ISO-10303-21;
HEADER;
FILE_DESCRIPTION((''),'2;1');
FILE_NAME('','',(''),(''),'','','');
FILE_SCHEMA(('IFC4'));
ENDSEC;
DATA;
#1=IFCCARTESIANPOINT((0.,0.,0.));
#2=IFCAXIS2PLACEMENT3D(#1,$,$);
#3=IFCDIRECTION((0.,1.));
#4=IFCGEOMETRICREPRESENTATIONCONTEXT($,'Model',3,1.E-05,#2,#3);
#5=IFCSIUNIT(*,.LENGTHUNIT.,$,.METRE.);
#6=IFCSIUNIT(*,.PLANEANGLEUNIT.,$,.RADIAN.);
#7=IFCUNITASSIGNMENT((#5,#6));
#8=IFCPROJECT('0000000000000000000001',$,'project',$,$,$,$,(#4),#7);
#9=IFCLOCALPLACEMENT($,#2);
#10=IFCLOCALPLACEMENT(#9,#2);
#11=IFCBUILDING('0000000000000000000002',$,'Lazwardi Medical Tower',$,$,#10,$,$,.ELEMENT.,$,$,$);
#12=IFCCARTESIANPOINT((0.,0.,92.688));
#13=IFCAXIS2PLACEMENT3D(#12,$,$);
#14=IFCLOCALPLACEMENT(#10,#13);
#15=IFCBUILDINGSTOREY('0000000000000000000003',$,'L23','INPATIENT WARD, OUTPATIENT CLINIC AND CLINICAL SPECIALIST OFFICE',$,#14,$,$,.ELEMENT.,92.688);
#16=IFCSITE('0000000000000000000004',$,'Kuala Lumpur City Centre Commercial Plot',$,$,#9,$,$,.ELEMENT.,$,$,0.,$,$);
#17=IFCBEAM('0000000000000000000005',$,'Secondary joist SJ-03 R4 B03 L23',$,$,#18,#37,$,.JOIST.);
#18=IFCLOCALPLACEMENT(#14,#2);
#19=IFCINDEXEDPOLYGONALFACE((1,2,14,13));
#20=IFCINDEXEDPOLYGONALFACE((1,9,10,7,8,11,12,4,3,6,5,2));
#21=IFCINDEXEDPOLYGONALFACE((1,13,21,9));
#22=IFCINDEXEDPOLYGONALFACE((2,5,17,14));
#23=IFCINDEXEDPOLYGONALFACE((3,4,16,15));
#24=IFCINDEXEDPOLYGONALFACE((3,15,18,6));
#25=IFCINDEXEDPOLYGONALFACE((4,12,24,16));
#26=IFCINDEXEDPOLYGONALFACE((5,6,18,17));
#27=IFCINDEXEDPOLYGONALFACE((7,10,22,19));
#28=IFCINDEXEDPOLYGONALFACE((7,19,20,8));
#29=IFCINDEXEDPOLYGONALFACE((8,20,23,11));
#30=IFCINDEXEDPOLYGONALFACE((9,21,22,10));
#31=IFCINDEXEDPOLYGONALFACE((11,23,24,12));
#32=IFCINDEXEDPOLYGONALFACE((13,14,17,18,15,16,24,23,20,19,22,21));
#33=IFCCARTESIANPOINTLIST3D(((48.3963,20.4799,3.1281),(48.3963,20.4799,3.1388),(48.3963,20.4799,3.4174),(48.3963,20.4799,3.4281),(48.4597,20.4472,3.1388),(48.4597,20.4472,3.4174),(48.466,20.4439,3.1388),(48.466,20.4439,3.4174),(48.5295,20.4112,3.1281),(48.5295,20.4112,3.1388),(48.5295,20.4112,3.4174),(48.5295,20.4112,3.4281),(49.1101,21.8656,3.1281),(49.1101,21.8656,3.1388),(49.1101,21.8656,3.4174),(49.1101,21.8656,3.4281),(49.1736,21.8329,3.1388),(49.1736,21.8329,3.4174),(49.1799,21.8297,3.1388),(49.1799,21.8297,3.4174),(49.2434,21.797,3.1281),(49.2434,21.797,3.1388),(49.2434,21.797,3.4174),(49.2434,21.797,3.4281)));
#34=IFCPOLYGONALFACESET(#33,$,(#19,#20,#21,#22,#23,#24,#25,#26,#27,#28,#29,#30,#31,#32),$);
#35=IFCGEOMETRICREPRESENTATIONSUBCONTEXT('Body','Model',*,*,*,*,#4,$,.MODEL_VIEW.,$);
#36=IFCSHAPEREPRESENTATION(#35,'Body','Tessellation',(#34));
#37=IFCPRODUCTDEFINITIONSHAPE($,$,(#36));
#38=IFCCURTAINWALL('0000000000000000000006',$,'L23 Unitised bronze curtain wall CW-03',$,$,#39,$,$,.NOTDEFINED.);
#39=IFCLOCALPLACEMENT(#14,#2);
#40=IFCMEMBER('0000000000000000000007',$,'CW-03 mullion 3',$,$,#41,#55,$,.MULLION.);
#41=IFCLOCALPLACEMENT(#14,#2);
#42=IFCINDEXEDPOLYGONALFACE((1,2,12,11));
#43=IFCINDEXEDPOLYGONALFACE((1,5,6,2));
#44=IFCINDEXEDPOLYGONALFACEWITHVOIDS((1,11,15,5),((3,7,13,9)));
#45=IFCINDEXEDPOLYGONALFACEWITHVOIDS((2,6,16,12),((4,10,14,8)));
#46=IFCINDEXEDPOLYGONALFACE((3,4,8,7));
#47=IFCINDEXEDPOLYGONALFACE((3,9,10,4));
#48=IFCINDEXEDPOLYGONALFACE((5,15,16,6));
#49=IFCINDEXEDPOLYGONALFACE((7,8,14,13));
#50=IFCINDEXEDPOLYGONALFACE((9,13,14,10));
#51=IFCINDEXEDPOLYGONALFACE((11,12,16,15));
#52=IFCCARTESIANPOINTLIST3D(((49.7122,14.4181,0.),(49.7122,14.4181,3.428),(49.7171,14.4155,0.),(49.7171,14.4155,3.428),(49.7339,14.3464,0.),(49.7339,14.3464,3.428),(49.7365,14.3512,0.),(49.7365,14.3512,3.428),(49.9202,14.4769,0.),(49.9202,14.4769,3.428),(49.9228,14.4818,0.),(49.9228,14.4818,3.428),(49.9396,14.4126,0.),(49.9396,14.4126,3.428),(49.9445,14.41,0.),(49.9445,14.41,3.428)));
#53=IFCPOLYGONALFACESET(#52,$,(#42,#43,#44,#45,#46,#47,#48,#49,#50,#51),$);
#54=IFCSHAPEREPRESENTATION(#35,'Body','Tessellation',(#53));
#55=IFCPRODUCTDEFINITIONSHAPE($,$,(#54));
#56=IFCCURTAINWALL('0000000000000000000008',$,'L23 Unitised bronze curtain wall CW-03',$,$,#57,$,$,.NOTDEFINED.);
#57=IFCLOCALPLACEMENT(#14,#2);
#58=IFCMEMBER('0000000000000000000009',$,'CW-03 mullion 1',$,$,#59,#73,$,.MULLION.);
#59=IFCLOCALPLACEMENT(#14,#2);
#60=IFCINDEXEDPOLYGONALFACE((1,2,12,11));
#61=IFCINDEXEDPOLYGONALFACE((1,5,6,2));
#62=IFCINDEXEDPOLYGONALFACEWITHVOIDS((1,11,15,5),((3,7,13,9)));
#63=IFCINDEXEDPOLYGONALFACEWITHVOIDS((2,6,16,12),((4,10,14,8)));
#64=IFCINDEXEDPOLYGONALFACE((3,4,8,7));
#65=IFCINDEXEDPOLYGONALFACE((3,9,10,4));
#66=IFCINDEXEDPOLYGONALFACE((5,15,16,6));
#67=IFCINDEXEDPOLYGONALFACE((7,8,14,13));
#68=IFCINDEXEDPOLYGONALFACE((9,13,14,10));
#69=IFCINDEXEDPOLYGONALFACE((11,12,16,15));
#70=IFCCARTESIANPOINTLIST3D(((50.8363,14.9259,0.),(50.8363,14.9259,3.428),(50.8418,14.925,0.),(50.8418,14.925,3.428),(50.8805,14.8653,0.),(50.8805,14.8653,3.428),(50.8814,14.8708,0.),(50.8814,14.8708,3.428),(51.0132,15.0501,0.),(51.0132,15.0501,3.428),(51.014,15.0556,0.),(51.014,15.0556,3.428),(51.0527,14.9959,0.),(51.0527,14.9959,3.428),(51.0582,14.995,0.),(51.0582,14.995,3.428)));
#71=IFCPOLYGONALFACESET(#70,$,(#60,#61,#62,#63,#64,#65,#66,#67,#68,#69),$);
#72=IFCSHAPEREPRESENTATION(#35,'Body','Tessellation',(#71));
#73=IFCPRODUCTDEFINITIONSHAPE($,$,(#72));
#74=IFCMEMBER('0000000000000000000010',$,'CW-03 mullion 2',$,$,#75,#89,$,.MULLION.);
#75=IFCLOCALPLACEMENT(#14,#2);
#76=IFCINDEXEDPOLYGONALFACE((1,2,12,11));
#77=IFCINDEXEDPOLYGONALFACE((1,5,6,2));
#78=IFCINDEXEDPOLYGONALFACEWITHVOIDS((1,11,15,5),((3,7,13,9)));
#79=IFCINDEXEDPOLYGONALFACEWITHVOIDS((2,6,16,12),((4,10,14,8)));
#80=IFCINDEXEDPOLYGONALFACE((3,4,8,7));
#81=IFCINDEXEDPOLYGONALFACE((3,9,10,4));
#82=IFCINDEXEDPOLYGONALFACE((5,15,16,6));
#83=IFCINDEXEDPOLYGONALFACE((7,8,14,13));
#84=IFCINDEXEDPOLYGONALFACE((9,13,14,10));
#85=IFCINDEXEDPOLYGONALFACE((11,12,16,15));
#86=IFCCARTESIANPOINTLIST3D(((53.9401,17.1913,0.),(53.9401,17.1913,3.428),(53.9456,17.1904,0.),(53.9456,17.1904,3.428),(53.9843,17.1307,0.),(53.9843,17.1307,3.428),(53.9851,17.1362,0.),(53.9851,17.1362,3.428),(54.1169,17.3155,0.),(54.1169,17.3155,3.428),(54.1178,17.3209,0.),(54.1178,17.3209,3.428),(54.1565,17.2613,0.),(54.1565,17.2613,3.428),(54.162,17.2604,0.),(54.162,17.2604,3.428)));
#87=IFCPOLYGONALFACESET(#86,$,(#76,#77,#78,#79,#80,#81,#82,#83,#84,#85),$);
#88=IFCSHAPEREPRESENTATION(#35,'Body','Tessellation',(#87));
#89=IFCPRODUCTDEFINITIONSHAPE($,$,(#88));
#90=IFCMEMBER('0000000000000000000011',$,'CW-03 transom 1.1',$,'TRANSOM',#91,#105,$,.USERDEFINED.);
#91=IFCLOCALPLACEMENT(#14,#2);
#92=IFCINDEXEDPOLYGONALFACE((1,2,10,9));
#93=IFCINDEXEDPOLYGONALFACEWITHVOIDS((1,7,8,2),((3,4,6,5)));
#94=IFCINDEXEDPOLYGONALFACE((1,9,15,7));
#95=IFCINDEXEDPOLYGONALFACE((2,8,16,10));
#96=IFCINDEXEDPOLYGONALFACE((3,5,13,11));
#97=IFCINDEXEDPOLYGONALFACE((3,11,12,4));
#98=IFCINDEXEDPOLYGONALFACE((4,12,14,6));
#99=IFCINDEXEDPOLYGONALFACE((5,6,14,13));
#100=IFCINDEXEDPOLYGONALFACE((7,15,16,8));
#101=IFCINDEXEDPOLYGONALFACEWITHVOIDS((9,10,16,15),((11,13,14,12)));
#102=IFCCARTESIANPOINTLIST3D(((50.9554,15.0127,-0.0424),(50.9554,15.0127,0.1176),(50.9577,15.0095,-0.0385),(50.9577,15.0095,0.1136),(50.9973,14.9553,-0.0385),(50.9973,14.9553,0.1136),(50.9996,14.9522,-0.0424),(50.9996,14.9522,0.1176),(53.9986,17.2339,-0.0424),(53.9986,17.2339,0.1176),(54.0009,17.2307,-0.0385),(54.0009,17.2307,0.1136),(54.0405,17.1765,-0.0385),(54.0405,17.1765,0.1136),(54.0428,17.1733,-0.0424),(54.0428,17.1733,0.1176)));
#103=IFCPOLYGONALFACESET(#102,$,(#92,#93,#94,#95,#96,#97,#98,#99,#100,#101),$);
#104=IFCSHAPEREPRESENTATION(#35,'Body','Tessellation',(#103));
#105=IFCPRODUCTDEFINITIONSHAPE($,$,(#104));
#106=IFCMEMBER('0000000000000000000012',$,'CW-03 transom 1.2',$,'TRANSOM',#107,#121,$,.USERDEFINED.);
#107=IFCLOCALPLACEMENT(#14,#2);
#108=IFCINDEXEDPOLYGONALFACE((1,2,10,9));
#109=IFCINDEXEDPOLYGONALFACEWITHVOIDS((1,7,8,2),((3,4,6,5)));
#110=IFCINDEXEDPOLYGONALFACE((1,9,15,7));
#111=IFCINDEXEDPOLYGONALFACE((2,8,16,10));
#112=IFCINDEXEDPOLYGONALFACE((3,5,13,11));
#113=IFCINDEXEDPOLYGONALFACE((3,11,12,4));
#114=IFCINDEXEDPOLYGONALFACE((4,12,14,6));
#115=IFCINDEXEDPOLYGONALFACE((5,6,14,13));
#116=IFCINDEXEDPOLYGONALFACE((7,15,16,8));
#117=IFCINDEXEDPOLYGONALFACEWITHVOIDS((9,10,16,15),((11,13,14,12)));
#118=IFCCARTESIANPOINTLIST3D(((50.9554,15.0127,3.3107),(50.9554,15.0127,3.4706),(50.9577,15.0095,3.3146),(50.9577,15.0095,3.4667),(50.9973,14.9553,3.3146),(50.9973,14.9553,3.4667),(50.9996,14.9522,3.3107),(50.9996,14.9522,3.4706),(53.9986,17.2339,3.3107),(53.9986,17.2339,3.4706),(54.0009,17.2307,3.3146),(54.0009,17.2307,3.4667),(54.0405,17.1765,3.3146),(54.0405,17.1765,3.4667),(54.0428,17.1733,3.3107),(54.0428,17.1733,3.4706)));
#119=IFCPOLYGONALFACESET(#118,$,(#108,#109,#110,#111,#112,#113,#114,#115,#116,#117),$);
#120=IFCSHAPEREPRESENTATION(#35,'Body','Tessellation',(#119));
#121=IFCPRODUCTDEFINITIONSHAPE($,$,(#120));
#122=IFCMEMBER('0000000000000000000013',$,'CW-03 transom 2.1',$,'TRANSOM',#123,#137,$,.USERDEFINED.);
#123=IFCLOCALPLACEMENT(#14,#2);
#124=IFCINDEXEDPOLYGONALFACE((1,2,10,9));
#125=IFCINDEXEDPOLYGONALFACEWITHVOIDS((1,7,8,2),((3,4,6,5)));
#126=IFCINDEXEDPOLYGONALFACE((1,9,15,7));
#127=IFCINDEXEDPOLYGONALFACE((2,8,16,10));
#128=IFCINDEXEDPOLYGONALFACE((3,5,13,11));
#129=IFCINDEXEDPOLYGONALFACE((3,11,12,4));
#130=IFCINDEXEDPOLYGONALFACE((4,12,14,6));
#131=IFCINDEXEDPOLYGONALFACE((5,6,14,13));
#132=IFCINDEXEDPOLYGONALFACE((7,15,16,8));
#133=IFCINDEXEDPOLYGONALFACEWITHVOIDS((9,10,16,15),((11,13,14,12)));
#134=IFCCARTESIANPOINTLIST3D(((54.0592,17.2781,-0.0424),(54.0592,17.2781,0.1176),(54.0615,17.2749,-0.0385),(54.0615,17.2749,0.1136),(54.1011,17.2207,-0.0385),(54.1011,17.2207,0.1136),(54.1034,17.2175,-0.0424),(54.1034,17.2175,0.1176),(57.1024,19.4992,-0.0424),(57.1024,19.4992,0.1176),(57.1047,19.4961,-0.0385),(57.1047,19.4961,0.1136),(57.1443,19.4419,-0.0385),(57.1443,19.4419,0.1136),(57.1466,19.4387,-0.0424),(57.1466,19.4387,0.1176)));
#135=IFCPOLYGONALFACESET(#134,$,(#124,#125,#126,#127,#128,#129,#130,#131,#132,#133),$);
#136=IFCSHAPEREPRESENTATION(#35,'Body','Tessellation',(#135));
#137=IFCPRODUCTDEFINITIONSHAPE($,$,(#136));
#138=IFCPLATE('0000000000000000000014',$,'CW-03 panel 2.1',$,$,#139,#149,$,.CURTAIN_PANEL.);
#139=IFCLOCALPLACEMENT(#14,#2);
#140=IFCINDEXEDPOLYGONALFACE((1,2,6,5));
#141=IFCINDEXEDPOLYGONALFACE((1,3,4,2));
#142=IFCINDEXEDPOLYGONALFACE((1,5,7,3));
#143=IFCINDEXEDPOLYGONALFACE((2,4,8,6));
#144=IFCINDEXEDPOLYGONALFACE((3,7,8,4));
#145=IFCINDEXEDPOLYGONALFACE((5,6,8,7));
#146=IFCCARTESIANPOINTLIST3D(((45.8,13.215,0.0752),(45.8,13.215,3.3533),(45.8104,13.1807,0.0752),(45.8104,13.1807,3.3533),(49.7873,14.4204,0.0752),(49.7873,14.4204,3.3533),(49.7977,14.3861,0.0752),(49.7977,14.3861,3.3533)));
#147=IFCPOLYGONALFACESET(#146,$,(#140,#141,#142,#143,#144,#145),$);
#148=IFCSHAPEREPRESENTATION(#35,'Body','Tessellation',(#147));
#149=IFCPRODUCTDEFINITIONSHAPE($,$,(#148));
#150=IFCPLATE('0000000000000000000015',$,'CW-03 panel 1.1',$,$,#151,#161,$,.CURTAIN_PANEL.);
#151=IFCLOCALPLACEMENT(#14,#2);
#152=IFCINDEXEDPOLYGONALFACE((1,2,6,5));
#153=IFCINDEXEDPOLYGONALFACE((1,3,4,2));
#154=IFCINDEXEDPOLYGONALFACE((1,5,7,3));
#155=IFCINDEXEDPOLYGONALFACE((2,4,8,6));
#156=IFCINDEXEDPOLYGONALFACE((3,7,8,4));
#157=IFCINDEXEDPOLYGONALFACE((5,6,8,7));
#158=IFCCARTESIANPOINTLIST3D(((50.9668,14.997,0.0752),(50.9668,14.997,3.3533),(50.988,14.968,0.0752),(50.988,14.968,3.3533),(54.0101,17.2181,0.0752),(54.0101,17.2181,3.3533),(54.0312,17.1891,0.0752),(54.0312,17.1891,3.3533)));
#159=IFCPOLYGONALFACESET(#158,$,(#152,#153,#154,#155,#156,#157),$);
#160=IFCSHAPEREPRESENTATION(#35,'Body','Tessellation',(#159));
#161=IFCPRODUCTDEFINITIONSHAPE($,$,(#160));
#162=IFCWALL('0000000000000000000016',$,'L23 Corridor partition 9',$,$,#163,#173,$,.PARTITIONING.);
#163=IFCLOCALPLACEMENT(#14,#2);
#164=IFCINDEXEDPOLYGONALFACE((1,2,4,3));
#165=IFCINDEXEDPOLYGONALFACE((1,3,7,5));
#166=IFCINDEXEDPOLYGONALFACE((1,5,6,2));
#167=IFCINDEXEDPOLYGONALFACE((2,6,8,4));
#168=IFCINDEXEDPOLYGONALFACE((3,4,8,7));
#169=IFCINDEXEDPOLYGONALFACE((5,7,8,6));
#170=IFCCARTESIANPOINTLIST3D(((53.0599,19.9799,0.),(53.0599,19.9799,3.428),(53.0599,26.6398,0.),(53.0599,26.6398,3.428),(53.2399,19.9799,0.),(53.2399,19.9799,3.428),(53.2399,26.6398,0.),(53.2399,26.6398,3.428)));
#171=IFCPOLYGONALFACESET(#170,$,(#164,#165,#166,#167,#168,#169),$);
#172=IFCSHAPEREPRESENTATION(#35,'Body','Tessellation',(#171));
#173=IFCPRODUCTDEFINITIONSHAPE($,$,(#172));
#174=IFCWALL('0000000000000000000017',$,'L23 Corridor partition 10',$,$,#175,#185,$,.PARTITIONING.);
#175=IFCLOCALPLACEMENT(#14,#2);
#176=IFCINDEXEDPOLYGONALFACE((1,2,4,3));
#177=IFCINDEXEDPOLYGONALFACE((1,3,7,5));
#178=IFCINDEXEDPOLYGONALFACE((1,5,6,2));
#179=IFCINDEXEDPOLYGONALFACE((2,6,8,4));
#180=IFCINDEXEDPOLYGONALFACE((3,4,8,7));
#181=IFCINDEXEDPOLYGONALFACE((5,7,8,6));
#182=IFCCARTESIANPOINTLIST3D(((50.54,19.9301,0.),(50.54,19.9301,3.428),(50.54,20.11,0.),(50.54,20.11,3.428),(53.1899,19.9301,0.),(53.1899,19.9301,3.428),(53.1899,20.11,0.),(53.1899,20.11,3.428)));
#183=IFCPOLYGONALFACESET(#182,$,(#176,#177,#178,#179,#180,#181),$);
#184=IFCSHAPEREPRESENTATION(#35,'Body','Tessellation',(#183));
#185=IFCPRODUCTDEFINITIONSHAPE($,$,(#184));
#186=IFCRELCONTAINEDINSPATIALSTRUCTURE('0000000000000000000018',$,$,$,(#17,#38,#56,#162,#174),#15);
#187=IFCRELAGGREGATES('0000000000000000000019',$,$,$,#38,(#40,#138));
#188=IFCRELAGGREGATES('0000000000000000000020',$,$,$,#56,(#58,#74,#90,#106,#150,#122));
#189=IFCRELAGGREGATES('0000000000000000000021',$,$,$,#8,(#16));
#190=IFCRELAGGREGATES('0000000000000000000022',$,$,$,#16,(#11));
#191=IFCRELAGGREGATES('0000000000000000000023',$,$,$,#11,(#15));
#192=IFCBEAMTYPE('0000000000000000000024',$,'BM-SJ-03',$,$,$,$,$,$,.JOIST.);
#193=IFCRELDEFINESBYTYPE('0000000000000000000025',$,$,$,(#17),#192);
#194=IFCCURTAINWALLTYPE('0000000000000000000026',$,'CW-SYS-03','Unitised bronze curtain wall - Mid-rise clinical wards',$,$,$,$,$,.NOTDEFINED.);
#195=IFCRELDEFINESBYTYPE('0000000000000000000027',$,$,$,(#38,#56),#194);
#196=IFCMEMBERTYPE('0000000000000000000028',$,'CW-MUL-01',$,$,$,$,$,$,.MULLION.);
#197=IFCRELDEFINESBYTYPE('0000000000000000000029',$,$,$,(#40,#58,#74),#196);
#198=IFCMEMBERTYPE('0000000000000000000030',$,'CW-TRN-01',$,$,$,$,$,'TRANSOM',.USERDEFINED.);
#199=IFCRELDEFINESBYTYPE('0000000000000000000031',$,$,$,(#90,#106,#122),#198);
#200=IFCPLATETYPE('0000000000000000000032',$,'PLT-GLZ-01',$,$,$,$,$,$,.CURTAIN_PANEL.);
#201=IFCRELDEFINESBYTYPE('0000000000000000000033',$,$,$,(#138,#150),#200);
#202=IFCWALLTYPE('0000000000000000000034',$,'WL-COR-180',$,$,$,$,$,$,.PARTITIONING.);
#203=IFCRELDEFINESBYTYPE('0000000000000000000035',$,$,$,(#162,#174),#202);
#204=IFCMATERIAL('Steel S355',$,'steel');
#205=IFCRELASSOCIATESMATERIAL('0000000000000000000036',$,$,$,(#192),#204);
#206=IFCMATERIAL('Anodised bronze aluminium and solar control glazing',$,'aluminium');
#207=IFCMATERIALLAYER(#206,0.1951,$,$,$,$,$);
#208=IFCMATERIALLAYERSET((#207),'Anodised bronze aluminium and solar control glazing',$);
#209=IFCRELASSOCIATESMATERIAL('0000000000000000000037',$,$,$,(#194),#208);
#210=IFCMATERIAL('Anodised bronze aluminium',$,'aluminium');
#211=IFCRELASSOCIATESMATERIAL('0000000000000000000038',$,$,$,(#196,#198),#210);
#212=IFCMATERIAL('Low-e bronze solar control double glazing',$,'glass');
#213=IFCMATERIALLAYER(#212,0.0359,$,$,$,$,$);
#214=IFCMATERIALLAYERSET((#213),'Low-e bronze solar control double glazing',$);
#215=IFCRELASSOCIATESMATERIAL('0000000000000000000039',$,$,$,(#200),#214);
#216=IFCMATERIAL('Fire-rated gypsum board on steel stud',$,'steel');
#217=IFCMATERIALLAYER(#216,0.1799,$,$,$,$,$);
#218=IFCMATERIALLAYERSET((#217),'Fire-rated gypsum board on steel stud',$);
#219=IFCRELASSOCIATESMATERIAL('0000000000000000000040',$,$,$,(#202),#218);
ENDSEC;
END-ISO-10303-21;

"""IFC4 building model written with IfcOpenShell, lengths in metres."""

from ifc_helpers import new_model, si_unit, direction, frame, frame_2d, origin, origin_2d, place, context, subcontext, project, spatial, rectangle, hollow_rectangle, i_section, extrude, material, layer, layer_set, material_profile, profile_set, type_object, element, aggregate, save


model = new_model("IFC4")

# Units and contexts
model_context = context("Model", 3, precision=1e-05, world=origin(), true_north=direction((0.0, 1.0)))
body_context = subcontext(model_context, "Body", "Model", "MODEL_VIEW")
ifc_project = project(units=[si_unit("LENGTHUNIT", "METRE"), si_unit("PLANEANGLEUNIT", "RADIAN")], contexts=[model_context])

# Site, building, storey
site_placement = place(None, origin())
site = spatial("IfcSite", under=ifc_project, at=site_placement, Name="Kuala Lumpur City Centre Commercial Plot", CompositionType="ELEMENT", RefElevation=0.0)
building_placement = place(site_placement, origin())
building = spatial("IfcBuilding", under=site, at=building_placement, Name="Lazwardi Medical Tower", CompositionType="ELEMENT")
storey_placement = place(building_placement, frame((0.0, 0.0, 92.688)))
storey = spatial("IfcBuildingStorey", under=building, at=storey_placement, Name="L23", Description="INPATIENT WARD, OUTPATIENT CLINIC AND CLINICAL SPECIALIST OFFICE", CompositionType="ELEMENT", Elevation=92.688)

# Beam
ifc_material_1 = material(Name="Steel S355", Category="steel")
ifc_material_profile_1 = material_profile(ifc_material_1, i_section(OverallWidth=0.1499, OverallDepth=0.3, WebThickness=0.0071, FlangeThickness=0.0107, at=origin_2d()), Name="IPE 300")
ifc_profile_set_1 = profile_set([ifc_material_profile_1], Name="Steel S355")
beam_type_1 = type_object("IfcBeamType", Name="BM-SJ-03", PredefinedType="JOIST", material=ifc_profile_set_1)
beam_1_placement = place(storey_placement, frame((48.4629, 20.4456, 3.2781), z_axis=(0.457957, 0.888975, 0.0), x_axis=(-0.888975, 0.457957, 0.0)))
element("IfcBeam", 1, at=beam_1_placement, inside=storey, type_object=beam_type_1, Name="Secondary joist SJ-03 R4 B03 L23", PredefinedType="JOIST", context=body_context, shape_type="SweptSolid", body=[
    extrude(i_section(OverallWidth=0.1499, OverallDepth=0.3, WebThickness=0.0071, FlangeThickness=0.0107, at=origin_2d()), origin(), (0.0, 0.0, 1.0), 1.5588),
])

# Curtain wall, member
ifc_material_2 = material(Name="Anodised bronze aluminium and solar control glazing", Category="aluminium")
ifc_layer_1 = layer(ifc_material_2, 0.1951)
ifc_layer_set_1 = layer_set([ifc_layer_1], Name="Anodised bronze aluminium and solar control glazing")
curtain_wall_type = type_object("IfcCurtainWallType", Name="CW-SYS-03", Description="Unitised bronze curtain wall - Mid-rise clinical wards", PredefinedType="NOTDEFINED", material=ifc_layer_set_1)
curtain_wall_1_placement = place(storey_placement, origin())
curtain_wall_1 = element("IfcCurtainWall", 2, at=curtain_wall_1_placement, inside=storey, type_object=curtain_wall_type, Name="L23 Unitised bronze curtain wall CW-03", PredefinedType="NOTDEFINED")
ifc_material_3 = material(Name="Anodised bronze aluminium", Category="aluminium")
ifc_material_profile_2 = material_profile(ifc_material_3, hollow_rectangle(XDim=0.075, YDim=0.22, WallThickness=0.0039, at=origin_2d()), Name="ALU-MULLION 220x75x4")
ifc_profile_set_2 = profile_set([ifc_material_profile_2], Name="Anodised bronze aluminium")
member_type_1 = type_object("IfcMemberType", Name="CW-MUL-01", PredefinedType="MULLION", material=ifc_profile_set_2)
member_1_placement = place(storey_placement, frame((49.8284, 14.4141, 0.0), z_axis=(0.0, 0.0, 1.0), x_axis=(-0.289374, 0.957216, 0.0)))
member_1 = element("IfcMember", 3, at=member_1_placement, type_object=member_type_1, Name="CW-03 mullion 3", PredefinedType="MULLION", context=body_context, shape_type="SweptSolid", body=[
    extrude(hollow_rectangle(XDim=0.075, YDim=0.22, WallThickness=0.0039, at=origin_2d()), origin(), (0.0, 0.0, 1.0), 3.428),
])

# Curtain wall, members
curtain_wall_2_placement = place(storey_placement, origin())
curtain_wall_2 = element("IfcCurtainWall", 4, at=curtain_wall_2_placement, inside=storey, type_object=curtain_wall_type, Name="L23 Unitised bronze curtain wall CW-03", PredefinedType="NOTDEFINED")
member_2_placement = place(storey_placement, frame((50.9473, 14.9604, 0.0), z_axis=(0.0, 0.0, 1.0), x_axis=(-0.589531, 0.807746, 0.0)))
member_2 = element("IfcMember", 5, at=member_2_placement, type_object=member_type_1, Name="CW-03 mullion 1", PredefinedType="MULLION", context=body_context, shape_type="SweptSolid", body=[
    extrude(hollow_rectangle(XDim=0.075, YDim=0.22, WallThickness=0.0039, at=origin_2d()), origin(), (0.0, 0.0, 1.0), 3.428),
])
member_3_placement = place(storey_placement, frame((54.051, 17.2258, 0.0), z_axis=(0.0, 0.0, 1.0), x_axis=(-0.589531, 0.807746, 0.0)))
member_3 = element("IfcMember", 6, at=member_3_placement, type_object=member_type_1, Name="CW-03 mullion 2", PredefinedType="MULLION", context=body_context, shape_type="SweptSolid", body=[
    extrude(hollow_rectangle(XDim=0.075, YDim=0.22, WallThickness=0.0039, at=origin_2d()), origin(), (0.0, 0.0, 1.0), 3.428),
])
ifc_material_profile_3 = material_profile(ifc_material_3, hollow_rectangle(XDim=0.075, YDim=0.1599, WallThickness=0.0039, at=origin_2d()), Name="ALU-TRANSOM 160x75x4")
ifc_profile_set_3 = profile_set([ifc_material_profile_3], Name="Anodised bronze aluminium")
member_type_2 = type_object("IfcMemberType", Name="CW-TRN-01", ElementType="TRANSOM", PredefinedType="USERDEFINED", material=ifc_profile_set_3)
member_4_placement = place(storey_placement, frame((50.9775, 14.9824, 0.0376), z_axis=(0.807732, 0.58955, 0.0), x_axis=(-0.58955, 0.807732, 0.0)))
member_4 = element("IfcMember", 7, at=member_4_placement, type_object=member_type_2, Name="CW-03 transom 1.1", ObjectType="TRANSOM", PredefinedType="USERDEFINED", context=body_context, shape_type="SweptSolid", body=[
    extrude(hollow_rectangle(XDim=0.075, YDim=0.1599, WallThickness=0.0039, at=origin_2d()), origin(), (0.0, 0.0, 1.0), 3.7676),
])
member_5_placement = place(storey_placement, frame((50.9775, 14.9824, 3.3906), z_axis=(0.807732, 0.58955, 0.0), x_axis=(-0.58955, 0.807732, 0.0)))
member_5 = element("IfcMember", 8, at=member_5_placement, type_object=member_type_2, Name="CW-03 transom 1.2", ObjectType="TRANSOM", PredefinedType="USERDEFINED", context=body_context, shape_type="SweptSolid", body=[
    extrude(hollow_rectangle(XDim=0.075, YDim=0.1599, WallThickness=0.0039, at=origin_2d()), origin(), (0.0, 0.0, 1.0), 3.7676),
])
member_6_placement = place(storey_placement, frame((54.0813, 17.2478, 0.0376), z_axis=(0.807732, 0.58955, 0.0), x_axis=(-0.58955, 0.807732, 0.0)))
member_6 = element("IfcMember", 9, at=member_6_placement, type_object=member_type_2, Name="CW-03 transom 2.1", ObjectType="TRANSOM", PredefinedType="USERDEFINED", context=body_context, shape_type="SweptSolid", body=[
    extrude(hollow_rectangle(XDim=0.075, YDim=0.1599, WallThickness=0.0039, at=origin_2d()), origin(), (0.0, 0.0, 1.0), 3.7676),
])

# Plates
ifc_material_4 = material(Name="Low-e bronze solar control double glazing", Category="glass")
ifc_layer_2 = layer(ifc_material_4, 0.0359)
ifc_layer_set_2 = layer_set([ifc_layer_2], Name="Low-e bronze solar control double glazing")
plate_type = type_object("IfcPlateType", Name="PLT-GLZ-01", PredefinedType="CURTAIN_PANEL", material=ifc_layer_set_2)
plate_1_placement = place(storey_placement, frame((47.7988, 13.8005, 0.0752), z_axis=(0.0, 0.0, 1.0), x_axis=(0.957216, 0.289374, 0.0)))
plate_1 = element("IfcPlate", 10, at=plate_1_placement, type_object=plate_type, Name="CW-03 panel 2.1", PredefinedType="CURTAIN_PANEL", context=body_context, shape_type="SweptSolid", body=[
    extrude(rectangle(XDim=4.1655, YDim=0.0359, at=origin_2d()), origin(), (0.0, 0.0, 1.0), 3.2781),
])
aggregate(curtain_wall_1, [member_1, plate_1])
plate_2_placement = place(storey_placement, frame((52.499, 16.093, 0.0752), z_axis=(0.0, 0.0, 1.0), x_axis=(0.807746, 0.589531, 0.0)))
plate_2 = element("IfcPlate", 11, at=plate_2_placement, type_object=plate_type, Name="CW-03 panel 1.1", PredefinedType="CURTAIN_PANEL", context=body_context, shape_type="SweptSolid", body=[
    extrude(rectangle(XDim=3.7676, YDim=0.0359, at=origin_2d()), origin(), (0.0, 0.0, 1.0), 3.2781),
])
aggregate(curtain_wall_2, [member_2, member_3, member_4, member_5, plate_2, member_6])

# Walls
ifc_material_5 = material(Name="Fire-rated gypsum board on steel stud", Category="steel")
ifc_layer_3 = layer(ifc_material_5, 0.1799)
ifc_layer_set_3 = layer_set([ifc_layer_3], Name="Fire-rated gypsum board on steel stud")
wall_type = type_object("IfcWallType", Name="WL-COR-180", PredefinedType="PARTITIONING", material=ifc_layer_set_3)
wall_1_placement = place(storey_placement, frame((53.1499, 26.6399, 0.0), z_axis=(0.0, 0.0, 1.0), x_axis=(0.0, -1.0, 0.0)))
element("IfcWall", 12, at=wall_1_placement, inside=storey, type_object=wall_type, Name="L23 Corridor partition 9", PredefinedType="PARTITIONING", context=body_context, shape_type="SweptSolid", body=[
    extrude(rectangle(XDim=6.6599, YDim=0.1799, at=frame_2d((3.3301, 0.0))), origin(), (0.0, 0.0, 1.0), 3.428),
])
wall_2_placement = place(storey_placement, frame((53.1899, 20.02, 0.0), z_axis=(0.0, 0.0, 1.0), x_axis=(-1.0, 0.0, 0.0)))
element("IfcWall", 13, at=wall_2_placement, inside=storey, type_object=wall_type, Name="L23 Corridor partition 10", PredefinedType="PARTITIONING", context=body_context, shape_type="SweptSolid", body=[
    extrude(rectangle(XDim=2.6499, YDim=0.1799, at=frame_2d((1.325, 0.0))), origin(), (0.0, 0.0, 1.0), 3.428),
])

save(model, "model.ifc")
